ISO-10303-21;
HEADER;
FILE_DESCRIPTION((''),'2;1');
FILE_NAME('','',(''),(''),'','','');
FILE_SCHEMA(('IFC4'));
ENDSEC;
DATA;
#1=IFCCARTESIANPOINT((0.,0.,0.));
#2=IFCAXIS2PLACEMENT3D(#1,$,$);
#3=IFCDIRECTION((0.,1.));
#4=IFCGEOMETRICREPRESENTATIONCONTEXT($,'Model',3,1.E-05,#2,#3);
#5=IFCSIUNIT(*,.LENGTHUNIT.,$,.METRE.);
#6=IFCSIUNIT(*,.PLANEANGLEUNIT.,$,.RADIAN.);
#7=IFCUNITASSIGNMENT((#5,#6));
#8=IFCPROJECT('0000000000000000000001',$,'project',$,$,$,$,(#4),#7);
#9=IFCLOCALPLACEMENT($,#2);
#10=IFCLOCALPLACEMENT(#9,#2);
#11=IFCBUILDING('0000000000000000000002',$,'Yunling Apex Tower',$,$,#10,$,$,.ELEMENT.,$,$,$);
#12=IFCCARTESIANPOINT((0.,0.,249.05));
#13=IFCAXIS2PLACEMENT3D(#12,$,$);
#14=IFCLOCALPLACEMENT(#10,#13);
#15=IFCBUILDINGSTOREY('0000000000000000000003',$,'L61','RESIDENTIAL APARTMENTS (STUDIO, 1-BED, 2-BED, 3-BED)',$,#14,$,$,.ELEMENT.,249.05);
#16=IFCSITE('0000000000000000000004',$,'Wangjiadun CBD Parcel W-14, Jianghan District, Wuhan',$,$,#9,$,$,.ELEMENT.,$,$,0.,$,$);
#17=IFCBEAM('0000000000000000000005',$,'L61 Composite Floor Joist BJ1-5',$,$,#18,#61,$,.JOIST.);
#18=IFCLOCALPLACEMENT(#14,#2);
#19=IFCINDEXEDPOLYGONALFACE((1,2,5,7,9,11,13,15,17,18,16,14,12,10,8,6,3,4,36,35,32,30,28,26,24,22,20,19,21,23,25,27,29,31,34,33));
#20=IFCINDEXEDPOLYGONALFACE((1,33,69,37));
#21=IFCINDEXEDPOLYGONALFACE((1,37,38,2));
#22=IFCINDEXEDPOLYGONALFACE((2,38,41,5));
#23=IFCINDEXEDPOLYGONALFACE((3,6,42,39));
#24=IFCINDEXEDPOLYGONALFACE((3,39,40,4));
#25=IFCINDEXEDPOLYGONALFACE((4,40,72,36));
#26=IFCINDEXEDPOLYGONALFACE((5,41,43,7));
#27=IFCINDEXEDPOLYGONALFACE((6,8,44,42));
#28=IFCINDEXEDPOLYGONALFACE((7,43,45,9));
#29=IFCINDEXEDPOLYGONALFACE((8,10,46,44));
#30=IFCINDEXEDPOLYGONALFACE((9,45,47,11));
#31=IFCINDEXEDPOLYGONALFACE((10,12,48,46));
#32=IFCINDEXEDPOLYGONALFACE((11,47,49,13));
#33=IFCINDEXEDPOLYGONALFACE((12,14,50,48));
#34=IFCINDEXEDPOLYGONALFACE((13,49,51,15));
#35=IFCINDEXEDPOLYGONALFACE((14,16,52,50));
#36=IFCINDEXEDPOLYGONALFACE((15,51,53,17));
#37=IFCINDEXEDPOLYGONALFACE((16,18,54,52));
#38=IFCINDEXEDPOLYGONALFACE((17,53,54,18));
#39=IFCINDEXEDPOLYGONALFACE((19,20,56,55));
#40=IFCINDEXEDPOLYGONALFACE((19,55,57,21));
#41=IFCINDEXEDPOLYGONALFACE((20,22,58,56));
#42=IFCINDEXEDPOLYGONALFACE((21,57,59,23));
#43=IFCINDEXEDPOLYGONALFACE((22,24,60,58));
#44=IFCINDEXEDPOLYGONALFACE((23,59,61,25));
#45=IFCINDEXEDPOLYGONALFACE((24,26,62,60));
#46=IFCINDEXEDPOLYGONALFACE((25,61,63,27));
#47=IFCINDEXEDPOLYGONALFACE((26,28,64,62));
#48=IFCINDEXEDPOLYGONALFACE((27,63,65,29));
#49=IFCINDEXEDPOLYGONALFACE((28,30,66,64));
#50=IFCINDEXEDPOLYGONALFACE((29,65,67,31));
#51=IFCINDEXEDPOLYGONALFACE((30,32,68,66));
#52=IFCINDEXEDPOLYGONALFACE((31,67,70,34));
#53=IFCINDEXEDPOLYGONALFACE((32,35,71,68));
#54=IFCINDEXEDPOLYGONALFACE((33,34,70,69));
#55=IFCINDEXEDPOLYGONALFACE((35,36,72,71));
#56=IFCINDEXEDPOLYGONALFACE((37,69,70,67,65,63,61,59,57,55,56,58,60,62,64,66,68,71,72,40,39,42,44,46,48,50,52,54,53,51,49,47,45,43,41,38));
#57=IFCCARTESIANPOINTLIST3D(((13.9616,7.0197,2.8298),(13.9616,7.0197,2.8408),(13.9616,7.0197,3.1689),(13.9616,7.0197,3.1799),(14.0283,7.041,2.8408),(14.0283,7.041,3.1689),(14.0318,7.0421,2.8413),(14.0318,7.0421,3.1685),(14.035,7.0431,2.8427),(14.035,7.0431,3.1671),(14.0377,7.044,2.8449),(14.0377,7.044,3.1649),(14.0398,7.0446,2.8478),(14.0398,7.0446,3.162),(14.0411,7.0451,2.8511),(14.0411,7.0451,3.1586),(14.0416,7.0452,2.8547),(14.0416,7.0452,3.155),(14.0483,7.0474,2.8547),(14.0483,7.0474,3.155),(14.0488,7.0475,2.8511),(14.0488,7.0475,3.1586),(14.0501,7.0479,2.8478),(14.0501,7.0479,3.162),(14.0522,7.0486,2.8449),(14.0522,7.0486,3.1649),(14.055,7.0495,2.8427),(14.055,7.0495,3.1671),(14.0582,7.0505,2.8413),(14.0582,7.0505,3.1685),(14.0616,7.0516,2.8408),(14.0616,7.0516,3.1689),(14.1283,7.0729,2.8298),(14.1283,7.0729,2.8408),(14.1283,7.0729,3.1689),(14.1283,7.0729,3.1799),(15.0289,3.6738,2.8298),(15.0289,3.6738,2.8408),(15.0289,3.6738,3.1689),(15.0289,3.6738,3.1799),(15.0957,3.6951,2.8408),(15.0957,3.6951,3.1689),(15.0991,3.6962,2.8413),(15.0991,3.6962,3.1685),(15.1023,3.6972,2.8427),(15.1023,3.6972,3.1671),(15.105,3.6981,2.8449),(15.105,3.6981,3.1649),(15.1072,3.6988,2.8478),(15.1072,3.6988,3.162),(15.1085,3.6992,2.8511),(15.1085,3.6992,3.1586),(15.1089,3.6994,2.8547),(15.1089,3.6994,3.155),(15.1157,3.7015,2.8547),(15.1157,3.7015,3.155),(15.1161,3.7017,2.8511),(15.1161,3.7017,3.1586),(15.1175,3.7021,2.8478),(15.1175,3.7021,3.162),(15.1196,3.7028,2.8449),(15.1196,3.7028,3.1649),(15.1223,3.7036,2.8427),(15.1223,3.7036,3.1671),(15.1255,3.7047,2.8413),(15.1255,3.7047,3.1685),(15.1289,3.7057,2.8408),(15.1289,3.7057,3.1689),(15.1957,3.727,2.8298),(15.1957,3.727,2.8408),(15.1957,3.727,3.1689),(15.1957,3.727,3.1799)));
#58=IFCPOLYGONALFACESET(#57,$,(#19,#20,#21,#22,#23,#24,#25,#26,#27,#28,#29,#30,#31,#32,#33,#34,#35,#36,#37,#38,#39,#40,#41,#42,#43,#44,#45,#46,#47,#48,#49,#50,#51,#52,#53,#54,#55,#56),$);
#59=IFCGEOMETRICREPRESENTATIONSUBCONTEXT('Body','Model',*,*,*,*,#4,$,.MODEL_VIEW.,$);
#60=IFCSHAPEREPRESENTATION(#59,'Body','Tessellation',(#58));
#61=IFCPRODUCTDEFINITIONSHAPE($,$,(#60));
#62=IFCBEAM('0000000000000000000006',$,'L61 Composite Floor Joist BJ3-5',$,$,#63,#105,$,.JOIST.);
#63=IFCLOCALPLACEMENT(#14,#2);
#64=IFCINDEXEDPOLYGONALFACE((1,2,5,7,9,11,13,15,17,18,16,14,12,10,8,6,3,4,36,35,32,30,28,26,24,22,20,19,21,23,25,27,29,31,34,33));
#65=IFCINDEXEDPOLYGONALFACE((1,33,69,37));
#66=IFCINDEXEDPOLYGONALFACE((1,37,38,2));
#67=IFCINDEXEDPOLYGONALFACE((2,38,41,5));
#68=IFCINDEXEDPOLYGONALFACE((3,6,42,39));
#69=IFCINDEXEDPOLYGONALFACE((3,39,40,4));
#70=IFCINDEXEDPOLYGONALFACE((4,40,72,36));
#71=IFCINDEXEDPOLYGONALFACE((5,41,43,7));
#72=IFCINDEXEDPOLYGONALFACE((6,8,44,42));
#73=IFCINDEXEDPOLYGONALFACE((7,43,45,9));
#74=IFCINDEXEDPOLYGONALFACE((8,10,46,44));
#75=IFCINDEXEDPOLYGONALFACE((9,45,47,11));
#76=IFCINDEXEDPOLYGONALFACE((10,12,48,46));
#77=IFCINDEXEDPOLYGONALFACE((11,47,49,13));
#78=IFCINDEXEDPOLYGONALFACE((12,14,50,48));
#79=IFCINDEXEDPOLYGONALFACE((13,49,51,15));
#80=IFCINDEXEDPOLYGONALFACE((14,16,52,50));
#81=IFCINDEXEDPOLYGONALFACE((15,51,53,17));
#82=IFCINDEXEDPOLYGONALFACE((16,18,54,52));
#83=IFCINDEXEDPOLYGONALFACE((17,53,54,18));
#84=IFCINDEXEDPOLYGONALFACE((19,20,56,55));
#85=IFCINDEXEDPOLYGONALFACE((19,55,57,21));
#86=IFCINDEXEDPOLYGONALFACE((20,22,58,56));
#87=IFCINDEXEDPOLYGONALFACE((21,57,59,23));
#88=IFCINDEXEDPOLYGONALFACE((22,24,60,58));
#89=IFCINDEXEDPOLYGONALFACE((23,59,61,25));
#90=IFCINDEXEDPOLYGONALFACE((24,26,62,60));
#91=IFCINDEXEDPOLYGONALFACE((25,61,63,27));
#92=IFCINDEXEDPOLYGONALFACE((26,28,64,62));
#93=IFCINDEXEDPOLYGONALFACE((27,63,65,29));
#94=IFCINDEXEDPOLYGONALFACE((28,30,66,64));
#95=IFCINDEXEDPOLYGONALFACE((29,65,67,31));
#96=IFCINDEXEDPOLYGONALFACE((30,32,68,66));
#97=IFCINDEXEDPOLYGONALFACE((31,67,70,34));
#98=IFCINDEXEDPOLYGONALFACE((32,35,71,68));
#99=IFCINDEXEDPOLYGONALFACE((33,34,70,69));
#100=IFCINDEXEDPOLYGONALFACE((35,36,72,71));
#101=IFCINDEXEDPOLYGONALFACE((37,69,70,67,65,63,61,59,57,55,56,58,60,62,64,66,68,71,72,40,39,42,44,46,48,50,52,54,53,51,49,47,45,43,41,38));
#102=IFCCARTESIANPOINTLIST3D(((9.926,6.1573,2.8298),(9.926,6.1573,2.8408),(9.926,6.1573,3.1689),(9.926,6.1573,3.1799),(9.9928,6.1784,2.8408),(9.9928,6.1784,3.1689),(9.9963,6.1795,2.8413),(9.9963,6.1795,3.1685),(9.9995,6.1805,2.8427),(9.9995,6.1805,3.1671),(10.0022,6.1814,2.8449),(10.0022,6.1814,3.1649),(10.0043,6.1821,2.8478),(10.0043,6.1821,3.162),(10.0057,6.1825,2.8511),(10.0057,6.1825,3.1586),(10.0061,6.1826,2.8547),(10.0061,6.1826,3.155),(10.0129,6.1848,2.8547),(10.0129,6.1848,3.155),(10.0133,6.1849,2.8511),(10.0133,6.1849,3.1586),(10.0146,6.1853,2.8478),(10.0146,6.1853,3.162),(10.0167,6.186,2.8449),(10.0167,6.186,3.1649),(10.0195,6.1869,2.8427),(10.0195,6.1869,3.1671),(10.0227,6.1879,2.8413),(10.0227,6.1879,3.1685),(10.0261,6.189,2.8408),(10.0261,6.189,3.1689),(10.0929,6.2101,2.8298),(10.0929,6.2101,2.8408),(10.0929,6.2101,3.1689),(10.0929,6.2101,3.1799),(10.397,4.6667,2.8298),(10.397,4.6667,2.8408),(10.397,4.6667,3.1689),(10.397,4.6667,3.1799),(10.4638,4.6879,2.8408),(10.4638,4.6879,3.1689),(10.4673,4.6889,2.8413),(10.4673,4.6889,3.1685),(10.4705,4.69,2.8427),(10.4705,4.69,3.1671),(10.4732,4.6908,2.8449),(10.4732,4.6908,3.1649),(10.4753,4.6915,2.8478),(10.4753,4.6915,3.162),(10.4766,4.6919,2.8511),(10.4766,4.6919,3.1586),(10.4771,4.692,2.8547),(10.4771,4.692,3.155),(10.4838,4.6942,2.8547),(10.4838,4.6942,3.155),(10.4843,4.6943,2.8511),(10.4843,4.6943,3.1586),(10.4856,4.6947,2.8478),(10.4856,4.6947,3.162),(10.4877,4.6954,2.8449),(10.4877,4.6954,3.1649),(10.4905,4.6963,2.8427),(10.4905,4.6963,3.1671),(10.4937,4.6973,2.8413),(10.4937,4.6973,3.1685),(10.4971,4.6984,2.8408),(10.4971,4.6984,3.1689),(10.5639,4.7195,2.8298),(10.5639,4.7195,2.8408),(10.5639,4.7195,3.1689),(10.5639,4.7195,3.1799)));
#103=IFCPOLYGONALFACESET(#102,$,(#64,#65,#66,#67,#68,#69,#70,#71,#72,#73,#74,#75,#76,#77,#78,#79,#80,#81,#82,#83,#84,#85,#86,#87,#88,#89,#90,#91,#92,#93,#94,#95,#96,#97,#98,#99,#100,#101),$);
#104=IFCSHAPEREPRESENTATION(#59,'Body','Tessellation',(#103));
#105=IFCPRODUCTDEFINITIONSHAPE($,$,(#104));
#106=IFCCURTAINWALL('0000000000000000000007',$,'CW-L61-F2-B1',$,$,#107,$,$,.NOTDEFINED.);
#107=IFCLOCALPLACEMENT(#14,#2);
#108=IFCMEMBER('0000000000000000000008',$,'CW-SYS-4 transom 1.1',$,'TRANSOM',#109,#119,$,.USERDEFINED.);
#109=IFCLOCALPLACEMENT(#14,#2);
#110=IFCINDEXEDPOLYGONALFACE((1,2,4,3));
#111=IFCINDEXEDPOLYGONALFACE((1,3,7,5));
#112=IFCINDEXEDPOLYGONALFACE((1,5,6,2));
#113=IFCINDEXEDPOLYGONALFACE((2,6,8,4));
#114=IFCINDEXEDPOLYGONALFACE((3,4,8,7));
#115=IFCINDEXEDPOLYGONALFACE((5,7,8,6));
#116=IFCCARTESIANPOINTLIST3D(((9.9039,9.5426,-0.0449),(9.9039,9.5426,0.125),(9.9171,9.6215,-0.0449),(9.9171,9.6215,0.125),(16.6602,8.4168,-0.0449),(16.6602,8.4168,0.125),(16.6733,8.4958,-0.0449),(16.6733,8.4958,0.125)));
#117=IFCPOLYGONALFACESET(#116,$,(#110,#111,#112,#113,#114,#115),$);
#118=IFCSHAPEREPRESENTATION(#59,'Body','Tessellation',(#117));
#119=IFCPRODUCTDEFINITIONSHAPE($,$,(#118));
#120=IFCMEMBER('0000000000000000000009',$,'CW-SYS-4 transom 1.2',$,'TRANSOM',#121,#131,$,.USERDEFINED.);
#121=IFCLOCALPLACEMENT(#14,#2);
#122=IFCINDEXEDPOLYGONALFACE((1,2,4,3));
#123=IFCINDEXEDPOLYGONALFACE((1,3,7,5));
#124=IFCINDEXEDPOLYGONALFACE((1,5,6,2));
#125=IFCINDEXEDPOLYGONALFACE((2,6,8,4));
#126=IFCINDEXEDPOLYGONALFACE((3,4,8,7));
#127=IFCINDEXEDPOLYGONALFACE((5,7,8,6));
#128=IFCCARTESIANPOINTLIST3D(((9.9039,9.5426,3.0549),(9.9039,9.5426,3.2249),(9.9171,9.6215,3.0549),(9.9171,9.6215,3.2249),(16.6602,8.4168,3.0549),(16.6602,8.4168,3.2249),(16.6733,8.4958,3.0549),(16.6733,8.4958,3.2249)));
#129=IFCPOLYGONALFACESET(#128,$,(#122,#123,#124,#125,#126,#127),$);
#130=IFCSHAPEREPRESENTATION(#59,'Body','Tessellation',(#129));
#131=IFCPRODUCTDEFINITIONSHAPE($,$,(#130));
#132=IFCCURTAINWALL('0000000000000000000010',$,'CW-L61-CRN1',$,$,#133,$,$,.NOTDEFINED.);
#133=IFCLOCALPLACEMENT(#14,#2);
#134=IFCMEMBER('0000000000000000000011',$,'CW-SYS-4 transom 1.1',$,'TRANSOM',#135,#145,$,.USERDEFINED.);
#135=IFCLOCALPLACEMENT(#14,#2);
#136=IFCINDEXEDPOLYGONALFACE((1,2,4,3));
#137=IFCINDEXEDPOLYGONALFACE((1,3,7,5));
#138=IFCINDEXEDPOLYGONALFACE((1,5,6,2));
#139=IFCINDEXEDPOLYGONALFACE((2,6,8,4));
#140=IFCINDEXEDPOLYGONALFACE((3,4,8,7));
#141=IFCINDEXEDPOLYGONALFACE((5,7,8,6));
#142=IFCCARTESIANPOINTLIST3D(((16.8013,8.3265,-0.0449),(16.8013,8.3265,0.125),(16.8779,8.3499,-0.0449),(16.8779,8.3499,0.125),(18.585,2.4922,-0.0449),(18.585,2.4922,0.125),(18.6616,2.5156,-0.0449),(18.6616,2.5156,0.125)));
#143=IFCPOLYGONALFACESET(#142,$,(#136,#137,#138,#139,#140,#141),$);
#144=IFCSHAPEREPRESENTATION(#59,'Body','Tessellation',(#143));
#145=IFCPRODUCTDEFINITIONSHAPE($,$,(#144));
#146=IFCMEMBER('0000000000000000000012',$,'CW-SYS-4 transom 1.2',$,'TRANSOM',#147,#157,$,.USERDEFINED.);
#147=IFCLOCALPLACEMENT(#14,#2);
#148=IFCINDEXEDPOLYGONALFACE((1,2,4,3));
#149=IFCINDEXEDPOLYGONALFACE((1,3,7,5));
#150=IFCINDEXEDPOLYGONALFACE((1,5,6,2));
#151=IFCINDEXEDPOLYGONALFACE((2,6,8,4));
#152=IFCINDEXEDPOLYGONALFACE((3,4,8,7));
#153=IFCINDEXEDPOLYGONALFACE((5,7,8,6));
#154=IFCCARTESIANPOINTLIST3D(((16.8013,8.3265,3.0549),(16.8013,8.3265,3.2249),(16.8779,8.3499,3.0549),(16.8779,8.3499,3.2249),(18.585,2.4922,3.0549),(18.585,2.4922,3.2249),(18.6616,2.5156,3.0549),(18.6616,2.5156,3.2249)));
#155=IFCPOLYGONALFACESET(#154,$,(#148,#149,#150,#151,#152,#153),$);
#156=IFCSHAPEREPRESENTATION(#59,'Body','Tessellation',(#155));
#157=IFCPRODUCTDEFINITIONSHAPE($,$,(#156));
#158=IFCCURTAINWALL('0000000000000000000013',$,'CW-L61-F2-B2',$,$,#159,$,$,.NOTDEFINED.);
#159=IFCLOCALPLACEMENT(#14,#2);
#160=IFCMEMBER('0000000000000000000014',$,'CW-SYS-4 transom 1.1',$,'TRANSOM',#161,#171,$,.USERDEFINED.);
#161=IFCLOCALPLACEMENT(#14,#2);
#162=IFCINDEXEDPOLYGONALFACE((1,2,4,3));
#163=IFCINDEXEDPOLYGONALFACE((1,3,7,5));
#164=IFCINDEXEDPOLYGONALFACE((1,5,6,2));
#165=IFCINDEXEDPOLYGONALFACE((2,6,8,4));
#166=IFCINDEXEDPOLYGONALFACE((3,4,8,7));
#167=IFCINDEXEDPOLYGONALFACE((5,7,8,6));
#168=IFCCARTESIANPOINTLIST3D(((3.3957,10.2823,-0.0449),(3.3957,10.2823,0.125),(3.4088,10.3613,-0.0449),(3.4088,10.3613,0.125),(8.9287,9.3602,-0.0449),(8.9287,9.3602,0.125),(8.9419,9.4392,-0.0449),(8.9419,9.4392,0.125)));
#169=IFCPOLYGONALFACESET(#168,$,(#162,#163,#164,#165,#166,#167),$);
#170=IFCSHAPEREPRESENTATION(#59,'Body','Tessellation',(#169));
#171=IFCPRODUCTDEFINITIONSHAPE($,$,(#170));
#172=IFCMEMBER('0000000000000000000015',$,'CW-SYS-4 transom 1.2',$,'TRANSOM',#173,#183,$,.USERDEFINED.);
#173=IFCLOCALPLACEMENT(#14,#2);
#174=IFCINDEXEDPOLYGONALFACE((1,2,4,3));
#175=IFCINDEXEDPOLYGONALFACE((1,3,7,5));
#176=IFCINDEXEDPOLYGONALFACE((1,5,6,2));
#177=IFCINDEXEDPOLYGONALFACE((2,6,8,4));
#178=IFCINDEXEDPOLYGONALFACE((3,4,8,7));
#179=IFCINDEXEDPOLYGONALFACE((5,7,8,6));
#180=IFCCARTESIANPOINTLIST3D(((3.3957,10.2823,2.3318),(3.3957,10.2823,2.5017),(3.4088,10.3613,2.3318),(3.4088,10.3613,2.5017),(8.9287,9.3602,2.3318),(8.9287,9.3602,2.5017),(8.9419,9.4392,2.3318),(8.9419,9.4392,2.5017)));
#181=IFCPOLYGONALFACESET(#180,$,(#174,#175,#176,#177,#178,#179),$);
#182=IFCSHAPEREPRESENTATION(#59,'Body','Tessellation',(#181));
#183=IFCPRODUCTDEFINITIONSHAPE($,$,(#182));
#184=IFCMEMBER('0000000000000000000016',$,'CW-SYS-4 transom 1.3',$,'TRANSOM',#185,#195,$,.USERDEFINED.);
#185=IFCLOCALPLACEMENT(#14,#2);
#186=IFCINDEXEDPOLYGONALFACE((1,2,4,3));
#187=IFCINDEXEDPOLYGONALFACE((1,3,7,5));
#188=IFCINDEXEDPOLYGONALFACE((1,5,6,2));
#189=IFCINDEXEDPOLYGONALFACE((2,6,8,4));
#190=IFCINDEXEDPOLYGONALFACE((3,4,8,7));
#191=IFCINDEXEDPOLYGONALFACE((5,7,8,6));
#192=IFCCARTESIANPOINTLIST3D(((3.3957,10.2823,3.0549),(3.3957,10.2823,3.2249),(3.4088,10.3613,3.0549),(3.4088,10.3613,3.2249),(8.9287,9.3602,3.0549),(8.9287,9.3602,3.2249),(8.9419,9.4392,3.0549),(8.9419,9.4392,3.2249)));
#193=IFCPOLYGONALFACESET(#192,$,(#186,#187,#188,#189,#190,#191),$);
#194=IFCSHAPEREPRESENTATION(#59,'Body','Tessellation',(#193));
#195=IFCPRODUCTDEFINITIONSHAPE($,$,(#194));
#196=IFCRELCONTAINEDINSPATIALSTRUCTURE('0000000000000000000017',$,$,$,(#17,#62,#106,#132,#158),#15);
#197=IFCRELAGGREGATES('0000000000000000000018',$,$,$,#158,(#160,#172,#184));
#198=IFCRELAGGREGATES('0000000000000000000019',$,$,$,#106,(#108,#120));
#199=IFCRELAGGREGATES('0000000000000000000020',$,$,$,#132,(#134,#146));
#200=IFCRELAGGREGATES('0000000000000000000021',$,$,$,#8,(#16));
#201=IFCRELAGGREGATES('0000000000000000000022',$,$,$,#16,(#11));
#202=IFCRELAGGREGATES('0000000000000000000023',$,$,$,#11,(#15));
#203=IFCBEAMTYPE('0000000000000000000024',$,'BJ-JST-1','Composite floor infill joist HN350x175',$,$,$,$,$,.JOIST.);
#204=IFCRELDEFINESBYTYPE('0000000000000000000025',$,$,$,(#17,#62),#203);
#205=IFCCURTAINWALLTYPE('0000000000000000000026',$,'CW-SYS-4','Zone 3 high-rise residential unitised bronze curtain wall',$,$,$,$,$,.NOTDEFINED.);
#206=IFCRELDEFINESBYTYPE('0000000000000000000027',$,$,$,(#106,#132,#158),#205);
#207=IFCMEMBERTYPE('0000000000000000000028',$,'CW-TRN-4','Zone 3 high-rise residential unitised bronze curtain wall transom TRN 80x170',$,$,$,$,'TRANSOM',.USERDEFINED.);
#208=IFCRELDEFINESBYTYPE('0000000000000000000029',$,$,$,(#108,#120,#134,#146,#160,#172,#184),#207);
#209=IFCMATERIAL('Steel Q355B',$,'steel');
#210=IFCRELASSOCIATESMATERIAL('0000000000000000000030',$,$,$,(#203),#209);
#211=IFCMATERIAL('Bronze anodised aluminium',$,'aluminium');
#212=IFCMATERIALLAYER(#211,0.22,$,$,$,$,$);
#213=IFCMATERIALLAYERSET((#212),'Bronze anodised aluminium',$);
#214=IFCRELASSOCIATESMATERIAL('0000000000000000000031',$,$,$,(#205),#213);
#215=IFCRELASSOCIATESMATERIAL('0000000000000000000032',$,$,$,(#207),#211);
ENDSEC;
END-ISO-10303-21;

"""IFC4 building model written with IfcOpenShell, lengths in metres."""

from ifc_helpers import new_model, si_unit, direction, frame, origin, origin_2d, place, context, subcontext, project, spatial, rectangle, i_section, extrude, source, transform, mapped, material, layer, layer_set, material_profile, profile_set, type_object, element, aggregate, save


model = new_model("IFC4")

# Units and contexts
model_context = context("Model", 3, precision=1e-05, world=origin(), true_north=direction((0.0, 1.0)))
body_context = subcontext(model_context, "Body", "Model", "MODEL_VIEW")
ifc_project = project(units=[si_unit("LENGTHUNIT", "METRE"), si_unit("PLANEANGLEUNIT", "RADIAN")], contexts=[model_context])

# Site, building, storey
site_placement = place(None, origin())
site = spatial("IfcSite", under=ifc_project, at=site_placement, Name="Wangjiadun CBD Parcel W-14, Jianghan District, Wuhan", CompositionType="ELEMENT", RefElevation=0.0)
building_placement = place(site_placement, origin())
building = spatial("IfcBuilding", under=site, at=building_placement, Name="Yunling Apex Tower", CompositionType="ELEMENT")
storey_placement = place(building_placement, frame((0.0, 0.0, 249.05)))
storey = spatial("IfcBuildingStorey", under=building, at=storey_placement, Name="L61", Description="RESIDENTIAL APARTMENTS (STUDIO, 1-BED, 2-BED, 3-BED)", CompositionType="ELEMENT", Elevation=249.05)

# Beams
ifc_material_1 = material(Name="Steel Q355B", Category="steel")
ifc_material_profile_1 = material_profile(ifc_material_1, i_section(OverallWidth=0.175, OverallDepth=0.3501, WebThickness=0.0071, FlangeThickness=0.011, FilletRadius=0.0139, at=origin_2d()))
ifc_profile_set_1 = profile_set([ifc_material_profile_1], Name="Steel Q355B")
beam_type_1 = type_object("IfcBeamType", Name="BJ-JST-1", Description="Composite floor infill joist HN350x175", PredefinedType="JOIST", material=ifc_profile_set_1)
shared_shape_1 = source(origin(), body_context, "Body", "SweptSolid", [
    extrude(i_section(OverallWidth=0.175, OverallDepth=0.3501, WebThickness=0.0071, FlangeThickness=0.011, FilletRadius=0.0139, at=origin_2d()), origin(), (0.0, 0.0, 1.0), 3.512),
])
beam_1_placement = place(storey_placement, frame((15.1123, 3.7004, 3.0049), z_axis=(-0.303918, 0.952698, 0.0), x_axis=(-0.952698, -0.303918, 0.0)))
element("IfcBeam", 1, at=beam_1_placement, inside=storey, type_object=beam_type_1, Name="L61 Composite Floor Joist BJ1-5", PredefinedType="JOIST", context=body_context, shape_type="MappedRepresentation", body=[
    mapped(shared_shape_1, transform((0.0, 0.0, 0.0), scale=1.0)),
])
shared_shape_2 = source(origin(), body_context, "Body", "SweptSolid", [
    extrude(i_section(OverallWidth=0.175, OverallDepth=0.3501, WebThickness=0.0071, FlangeThickness=0.011, FilletRadius=0.0139, at=origin_2d()), origin(), (0.0, 0.0, 1.0), 1.5632),
])
beam_2_placement = place(storey_placement, frame((10.4805, 4.6931, 3.0049), z_axis=(-0.301288, 0.953533, 0.0), x_axis=(-0.953533, -0.301288, 0.0)))
element("IfcBeam", 2, at=beam_2_placement, inside=storey, type_object=beam_type_1, Name="L61 Composite Floor Joist BJ3-5", PredefinedType="JOIST", context=body_context, shape_type="MappedRepresentation", body=[
    mapped(shared_shape_2, transform((0.0, 0.0, 0.0), scale=1.0)),
])

# Curtain walls, members
ifc_material_2 = material(Name="Bronze anodised aluminium", Category="aluminium")
ifc_layer_1 = layer(ifc_material_2, 0.22)
ifc_layer_set_1 = layer_set([ifc_layer_1], Name="Bronze anodised aluminium")
curtain_wall_type = type_object("IfcCurtainWallType", Name="CW-SYS-4", Description="Zone 3 high-rise residential unitised bronze curtain wall", PredefinedType="NOTDEFINED", material=ifc_layer_set_1)
curtain_wall_1_placement = place(storey_placement, origin())
curtain_wall_1 = element("IfcCurtainWall", 3, at=curtain_wall_1_placement, inside=storey, type_object=curtain_wall_type, Name="CW-L61-F2-B1", PredefinedType="NOTDEFINED")
ifc_material_profile_2 = material_profile(ifc_material_2, rectangle(XDim=0.0801, YDim=0.1699, at=origin_2d()))
ifc_profile_set_2 = profile_set([ifc_material_profile_2], Name="Bronze anodised aluminium")
member_type_1 = type_object("IfcMemberType", Name="CW-TRN-4", Description="Zone 3 high-rise residential unitised bronze curtain wall transom TRN 80x170", ElementType="TRANSOM", PredefinedType="USERDEFINED", material=ifc_profile_set_2)
shared_shape_3 = source(origin(), body_context, "Body", "SweptSolid", [
    extrude(rectangle(XDim=0.0801, YDim=0.1699, at=origin_2d()), origin(), (0.0, 0.0, 1.0), 6.8494),
])
member_1_placement = place(storey_placement, frame((16.6667, 8.4563, 0.04), z_axis=(-0.986401, 0.164359, 0.0), x_axis=(-0.164359, -0.986401, 0.0)))
member_1 = element("IfcMember", 4, at=member_1_placement, type_object=member_type_1, Name="CW-SYS-4 transom 1.1", ObjectType="TRANSOM", PredefinedType="USERDEFINED", context=body_context, shape_type="MappedRepresentation", body=[
    mapped(shared_shape_3, transform((0.0, 0.0, 0.0), scale=1.0)),
])
member_2_placement = place(storey_placement, frame((16.6667, 8.4563, 3.1399), z_axis=(-0.986401, 0.164359, 0.0), x_axis=(-0.164359, -0.986401, 0.0)))
member_2 = element("IfcMember", 5, at=member_2_placement, type_object=member_type_1, Name="CW-SYS-4 transom 1.2", ObjectType="TRANSOM", PredefinedType="USERDEFINED", context=body_context, shape_type="MappedRepresentation", body=[
    mapped(shared_shape_3, transform((0.0, 0.0, 0.0), scale=1.0)),
])
curtain_wall_2_placement = place(storey_placement, origin())
curtain_wall_2 = element("IfcCurtainWall", 6, at=curtain_wall_2_placement, inside=storey, type_object=curtain_wall_type, Name="CW-L61-CRN1", PredefinedType="NOTDEFINED")
shared_shape_4 = source(origin(), body_context, "Body", "SweptSolid", [
    extrude(rectangle(XDim=0.0801, YDim=0.1699, at=origin_2d()), origin(), (0.0, 0.0, 1.0), 6.1008),
])
member_3_placement = place(storey_placement, frame((18.6233, 2.5039, 0.04), z_axis=(-0.29237, 0.956305, 0.0), x_axis=(-0.956305, -0.29237, 0.0)))
member_3 = element("IfcMember", 7, at=member_3_placement, type_object=member_type_1, Name="CW-SYS-4 transom 1.1", ObjectType="TRANSOM", PredefinedType="USERDEFINED", context=body_context, shape_type="MappedRepresentation", body=[
    mapped(shared_shape_4, transform((0.0, 0.0, 0.0), scale=1.0)),
])
member_4_placement = place(storey_placement, frame((18.6233, 2.5039, 3.1399), z_axis=(-0.29237, 0.956305, 0.0), x_axis=(-0.956305, -0.29237, 0.0)))
member_4 = element("IfcMember", 8, at=member_4_placement, type_object=member_type_1, Name="CW-SYS-4 transom 1.2", ObjectType="TRANSOM", PredefinedType="USERDEFINED", context=body_context, shape_type="MappedRepresentation", body=[
    mapped(shared_shape_4, transform((0.0, 0.0, 0.0), scale=1.0)),
])
curtain_wall_3_placement = place(storey_placement, origin())
curtain_wall_3 = element("IfcCurtainWall", 9, at=curtain_wall_3_placement, inside=storey, type_object=curtain_wall_type, Name="CW-L61-F2-B2", PredefinedType="NOTDEFINED")
shared_shape_5 = source(origin(), body_context, "Body", "SweptSolid", [
    extrude(rectangle(XDim=0.0801, YDim=0.1699, at=origin_2d()), origin(), (0.0, 0.0, 1.0), 5.6094),
])
member_5_placement = place(storey_placement, frame((8.9353, 9.3997, 0.04), z_axis=(-0.986395, 0.164392, 0.0), x_axis=(-0.164392, -0.986395, 0.0)))
member_5 = element("IfcMember", 10, at=member_5_placement, type_object=member_type_1, Name="CW-SYS-4 transom 1.1", ObjectType="TRANSOM", PredefinedType="USERDEFINED", context=body_context, shape_type="MappedRepresentation", body=[
    mapped(shared_shape_5, transform((0.0, 0.0, 0.0), scale=1.0)),
])
member_6_placement = place(storey_placement, frame((8.9353, 9.3997, 2.4167), z_axis=(-0.986395, 0.164392, 0.0), x_axis=(-0.164392, -0.986395, 0.0)))
member_6 = element("IfcMember", 11, at=member_6_placement, type_object=member_type_1, Name="CW-SYS-4 transom 1.2", ObjectType="TRANSOM", PredefinedType="USERDEFINED", context=body_context, shape_type="MappedRepresentation", body=[
    mapped(shared_shape_5, transform((0.0, 0.0, 0.0), scale=1.0)),
])
member_7_placement = place(storey_placement, frame((8.9353, 9.3997, 3.1399), z_axis=(-0.986395, 0.164392, 0.0), x_axis=(-0.164392, -0.986395, 0.0)))
member_7 = element("IfcMember", 12, at=member_7_placement, type_object=member_type_1, Name="CW-SYS-4 transom 1.3", ObjectType="TRANSOM", PredefinedType="USERDEFINED", context=body_context, shape_type="MappedRepresentation", body=[
    mapped(shared_shape_5, transform((0.0, 0.0, 0.0), scale=1.0)),
])

aggregate(curtain_wall_3, [member_5, member_6, member_7])

aggregate(curtain_wall_1, [member_1, member_2])
aggregate(curtain_wall_2, [member_3, member_4])

save(model, "model.ifc")
